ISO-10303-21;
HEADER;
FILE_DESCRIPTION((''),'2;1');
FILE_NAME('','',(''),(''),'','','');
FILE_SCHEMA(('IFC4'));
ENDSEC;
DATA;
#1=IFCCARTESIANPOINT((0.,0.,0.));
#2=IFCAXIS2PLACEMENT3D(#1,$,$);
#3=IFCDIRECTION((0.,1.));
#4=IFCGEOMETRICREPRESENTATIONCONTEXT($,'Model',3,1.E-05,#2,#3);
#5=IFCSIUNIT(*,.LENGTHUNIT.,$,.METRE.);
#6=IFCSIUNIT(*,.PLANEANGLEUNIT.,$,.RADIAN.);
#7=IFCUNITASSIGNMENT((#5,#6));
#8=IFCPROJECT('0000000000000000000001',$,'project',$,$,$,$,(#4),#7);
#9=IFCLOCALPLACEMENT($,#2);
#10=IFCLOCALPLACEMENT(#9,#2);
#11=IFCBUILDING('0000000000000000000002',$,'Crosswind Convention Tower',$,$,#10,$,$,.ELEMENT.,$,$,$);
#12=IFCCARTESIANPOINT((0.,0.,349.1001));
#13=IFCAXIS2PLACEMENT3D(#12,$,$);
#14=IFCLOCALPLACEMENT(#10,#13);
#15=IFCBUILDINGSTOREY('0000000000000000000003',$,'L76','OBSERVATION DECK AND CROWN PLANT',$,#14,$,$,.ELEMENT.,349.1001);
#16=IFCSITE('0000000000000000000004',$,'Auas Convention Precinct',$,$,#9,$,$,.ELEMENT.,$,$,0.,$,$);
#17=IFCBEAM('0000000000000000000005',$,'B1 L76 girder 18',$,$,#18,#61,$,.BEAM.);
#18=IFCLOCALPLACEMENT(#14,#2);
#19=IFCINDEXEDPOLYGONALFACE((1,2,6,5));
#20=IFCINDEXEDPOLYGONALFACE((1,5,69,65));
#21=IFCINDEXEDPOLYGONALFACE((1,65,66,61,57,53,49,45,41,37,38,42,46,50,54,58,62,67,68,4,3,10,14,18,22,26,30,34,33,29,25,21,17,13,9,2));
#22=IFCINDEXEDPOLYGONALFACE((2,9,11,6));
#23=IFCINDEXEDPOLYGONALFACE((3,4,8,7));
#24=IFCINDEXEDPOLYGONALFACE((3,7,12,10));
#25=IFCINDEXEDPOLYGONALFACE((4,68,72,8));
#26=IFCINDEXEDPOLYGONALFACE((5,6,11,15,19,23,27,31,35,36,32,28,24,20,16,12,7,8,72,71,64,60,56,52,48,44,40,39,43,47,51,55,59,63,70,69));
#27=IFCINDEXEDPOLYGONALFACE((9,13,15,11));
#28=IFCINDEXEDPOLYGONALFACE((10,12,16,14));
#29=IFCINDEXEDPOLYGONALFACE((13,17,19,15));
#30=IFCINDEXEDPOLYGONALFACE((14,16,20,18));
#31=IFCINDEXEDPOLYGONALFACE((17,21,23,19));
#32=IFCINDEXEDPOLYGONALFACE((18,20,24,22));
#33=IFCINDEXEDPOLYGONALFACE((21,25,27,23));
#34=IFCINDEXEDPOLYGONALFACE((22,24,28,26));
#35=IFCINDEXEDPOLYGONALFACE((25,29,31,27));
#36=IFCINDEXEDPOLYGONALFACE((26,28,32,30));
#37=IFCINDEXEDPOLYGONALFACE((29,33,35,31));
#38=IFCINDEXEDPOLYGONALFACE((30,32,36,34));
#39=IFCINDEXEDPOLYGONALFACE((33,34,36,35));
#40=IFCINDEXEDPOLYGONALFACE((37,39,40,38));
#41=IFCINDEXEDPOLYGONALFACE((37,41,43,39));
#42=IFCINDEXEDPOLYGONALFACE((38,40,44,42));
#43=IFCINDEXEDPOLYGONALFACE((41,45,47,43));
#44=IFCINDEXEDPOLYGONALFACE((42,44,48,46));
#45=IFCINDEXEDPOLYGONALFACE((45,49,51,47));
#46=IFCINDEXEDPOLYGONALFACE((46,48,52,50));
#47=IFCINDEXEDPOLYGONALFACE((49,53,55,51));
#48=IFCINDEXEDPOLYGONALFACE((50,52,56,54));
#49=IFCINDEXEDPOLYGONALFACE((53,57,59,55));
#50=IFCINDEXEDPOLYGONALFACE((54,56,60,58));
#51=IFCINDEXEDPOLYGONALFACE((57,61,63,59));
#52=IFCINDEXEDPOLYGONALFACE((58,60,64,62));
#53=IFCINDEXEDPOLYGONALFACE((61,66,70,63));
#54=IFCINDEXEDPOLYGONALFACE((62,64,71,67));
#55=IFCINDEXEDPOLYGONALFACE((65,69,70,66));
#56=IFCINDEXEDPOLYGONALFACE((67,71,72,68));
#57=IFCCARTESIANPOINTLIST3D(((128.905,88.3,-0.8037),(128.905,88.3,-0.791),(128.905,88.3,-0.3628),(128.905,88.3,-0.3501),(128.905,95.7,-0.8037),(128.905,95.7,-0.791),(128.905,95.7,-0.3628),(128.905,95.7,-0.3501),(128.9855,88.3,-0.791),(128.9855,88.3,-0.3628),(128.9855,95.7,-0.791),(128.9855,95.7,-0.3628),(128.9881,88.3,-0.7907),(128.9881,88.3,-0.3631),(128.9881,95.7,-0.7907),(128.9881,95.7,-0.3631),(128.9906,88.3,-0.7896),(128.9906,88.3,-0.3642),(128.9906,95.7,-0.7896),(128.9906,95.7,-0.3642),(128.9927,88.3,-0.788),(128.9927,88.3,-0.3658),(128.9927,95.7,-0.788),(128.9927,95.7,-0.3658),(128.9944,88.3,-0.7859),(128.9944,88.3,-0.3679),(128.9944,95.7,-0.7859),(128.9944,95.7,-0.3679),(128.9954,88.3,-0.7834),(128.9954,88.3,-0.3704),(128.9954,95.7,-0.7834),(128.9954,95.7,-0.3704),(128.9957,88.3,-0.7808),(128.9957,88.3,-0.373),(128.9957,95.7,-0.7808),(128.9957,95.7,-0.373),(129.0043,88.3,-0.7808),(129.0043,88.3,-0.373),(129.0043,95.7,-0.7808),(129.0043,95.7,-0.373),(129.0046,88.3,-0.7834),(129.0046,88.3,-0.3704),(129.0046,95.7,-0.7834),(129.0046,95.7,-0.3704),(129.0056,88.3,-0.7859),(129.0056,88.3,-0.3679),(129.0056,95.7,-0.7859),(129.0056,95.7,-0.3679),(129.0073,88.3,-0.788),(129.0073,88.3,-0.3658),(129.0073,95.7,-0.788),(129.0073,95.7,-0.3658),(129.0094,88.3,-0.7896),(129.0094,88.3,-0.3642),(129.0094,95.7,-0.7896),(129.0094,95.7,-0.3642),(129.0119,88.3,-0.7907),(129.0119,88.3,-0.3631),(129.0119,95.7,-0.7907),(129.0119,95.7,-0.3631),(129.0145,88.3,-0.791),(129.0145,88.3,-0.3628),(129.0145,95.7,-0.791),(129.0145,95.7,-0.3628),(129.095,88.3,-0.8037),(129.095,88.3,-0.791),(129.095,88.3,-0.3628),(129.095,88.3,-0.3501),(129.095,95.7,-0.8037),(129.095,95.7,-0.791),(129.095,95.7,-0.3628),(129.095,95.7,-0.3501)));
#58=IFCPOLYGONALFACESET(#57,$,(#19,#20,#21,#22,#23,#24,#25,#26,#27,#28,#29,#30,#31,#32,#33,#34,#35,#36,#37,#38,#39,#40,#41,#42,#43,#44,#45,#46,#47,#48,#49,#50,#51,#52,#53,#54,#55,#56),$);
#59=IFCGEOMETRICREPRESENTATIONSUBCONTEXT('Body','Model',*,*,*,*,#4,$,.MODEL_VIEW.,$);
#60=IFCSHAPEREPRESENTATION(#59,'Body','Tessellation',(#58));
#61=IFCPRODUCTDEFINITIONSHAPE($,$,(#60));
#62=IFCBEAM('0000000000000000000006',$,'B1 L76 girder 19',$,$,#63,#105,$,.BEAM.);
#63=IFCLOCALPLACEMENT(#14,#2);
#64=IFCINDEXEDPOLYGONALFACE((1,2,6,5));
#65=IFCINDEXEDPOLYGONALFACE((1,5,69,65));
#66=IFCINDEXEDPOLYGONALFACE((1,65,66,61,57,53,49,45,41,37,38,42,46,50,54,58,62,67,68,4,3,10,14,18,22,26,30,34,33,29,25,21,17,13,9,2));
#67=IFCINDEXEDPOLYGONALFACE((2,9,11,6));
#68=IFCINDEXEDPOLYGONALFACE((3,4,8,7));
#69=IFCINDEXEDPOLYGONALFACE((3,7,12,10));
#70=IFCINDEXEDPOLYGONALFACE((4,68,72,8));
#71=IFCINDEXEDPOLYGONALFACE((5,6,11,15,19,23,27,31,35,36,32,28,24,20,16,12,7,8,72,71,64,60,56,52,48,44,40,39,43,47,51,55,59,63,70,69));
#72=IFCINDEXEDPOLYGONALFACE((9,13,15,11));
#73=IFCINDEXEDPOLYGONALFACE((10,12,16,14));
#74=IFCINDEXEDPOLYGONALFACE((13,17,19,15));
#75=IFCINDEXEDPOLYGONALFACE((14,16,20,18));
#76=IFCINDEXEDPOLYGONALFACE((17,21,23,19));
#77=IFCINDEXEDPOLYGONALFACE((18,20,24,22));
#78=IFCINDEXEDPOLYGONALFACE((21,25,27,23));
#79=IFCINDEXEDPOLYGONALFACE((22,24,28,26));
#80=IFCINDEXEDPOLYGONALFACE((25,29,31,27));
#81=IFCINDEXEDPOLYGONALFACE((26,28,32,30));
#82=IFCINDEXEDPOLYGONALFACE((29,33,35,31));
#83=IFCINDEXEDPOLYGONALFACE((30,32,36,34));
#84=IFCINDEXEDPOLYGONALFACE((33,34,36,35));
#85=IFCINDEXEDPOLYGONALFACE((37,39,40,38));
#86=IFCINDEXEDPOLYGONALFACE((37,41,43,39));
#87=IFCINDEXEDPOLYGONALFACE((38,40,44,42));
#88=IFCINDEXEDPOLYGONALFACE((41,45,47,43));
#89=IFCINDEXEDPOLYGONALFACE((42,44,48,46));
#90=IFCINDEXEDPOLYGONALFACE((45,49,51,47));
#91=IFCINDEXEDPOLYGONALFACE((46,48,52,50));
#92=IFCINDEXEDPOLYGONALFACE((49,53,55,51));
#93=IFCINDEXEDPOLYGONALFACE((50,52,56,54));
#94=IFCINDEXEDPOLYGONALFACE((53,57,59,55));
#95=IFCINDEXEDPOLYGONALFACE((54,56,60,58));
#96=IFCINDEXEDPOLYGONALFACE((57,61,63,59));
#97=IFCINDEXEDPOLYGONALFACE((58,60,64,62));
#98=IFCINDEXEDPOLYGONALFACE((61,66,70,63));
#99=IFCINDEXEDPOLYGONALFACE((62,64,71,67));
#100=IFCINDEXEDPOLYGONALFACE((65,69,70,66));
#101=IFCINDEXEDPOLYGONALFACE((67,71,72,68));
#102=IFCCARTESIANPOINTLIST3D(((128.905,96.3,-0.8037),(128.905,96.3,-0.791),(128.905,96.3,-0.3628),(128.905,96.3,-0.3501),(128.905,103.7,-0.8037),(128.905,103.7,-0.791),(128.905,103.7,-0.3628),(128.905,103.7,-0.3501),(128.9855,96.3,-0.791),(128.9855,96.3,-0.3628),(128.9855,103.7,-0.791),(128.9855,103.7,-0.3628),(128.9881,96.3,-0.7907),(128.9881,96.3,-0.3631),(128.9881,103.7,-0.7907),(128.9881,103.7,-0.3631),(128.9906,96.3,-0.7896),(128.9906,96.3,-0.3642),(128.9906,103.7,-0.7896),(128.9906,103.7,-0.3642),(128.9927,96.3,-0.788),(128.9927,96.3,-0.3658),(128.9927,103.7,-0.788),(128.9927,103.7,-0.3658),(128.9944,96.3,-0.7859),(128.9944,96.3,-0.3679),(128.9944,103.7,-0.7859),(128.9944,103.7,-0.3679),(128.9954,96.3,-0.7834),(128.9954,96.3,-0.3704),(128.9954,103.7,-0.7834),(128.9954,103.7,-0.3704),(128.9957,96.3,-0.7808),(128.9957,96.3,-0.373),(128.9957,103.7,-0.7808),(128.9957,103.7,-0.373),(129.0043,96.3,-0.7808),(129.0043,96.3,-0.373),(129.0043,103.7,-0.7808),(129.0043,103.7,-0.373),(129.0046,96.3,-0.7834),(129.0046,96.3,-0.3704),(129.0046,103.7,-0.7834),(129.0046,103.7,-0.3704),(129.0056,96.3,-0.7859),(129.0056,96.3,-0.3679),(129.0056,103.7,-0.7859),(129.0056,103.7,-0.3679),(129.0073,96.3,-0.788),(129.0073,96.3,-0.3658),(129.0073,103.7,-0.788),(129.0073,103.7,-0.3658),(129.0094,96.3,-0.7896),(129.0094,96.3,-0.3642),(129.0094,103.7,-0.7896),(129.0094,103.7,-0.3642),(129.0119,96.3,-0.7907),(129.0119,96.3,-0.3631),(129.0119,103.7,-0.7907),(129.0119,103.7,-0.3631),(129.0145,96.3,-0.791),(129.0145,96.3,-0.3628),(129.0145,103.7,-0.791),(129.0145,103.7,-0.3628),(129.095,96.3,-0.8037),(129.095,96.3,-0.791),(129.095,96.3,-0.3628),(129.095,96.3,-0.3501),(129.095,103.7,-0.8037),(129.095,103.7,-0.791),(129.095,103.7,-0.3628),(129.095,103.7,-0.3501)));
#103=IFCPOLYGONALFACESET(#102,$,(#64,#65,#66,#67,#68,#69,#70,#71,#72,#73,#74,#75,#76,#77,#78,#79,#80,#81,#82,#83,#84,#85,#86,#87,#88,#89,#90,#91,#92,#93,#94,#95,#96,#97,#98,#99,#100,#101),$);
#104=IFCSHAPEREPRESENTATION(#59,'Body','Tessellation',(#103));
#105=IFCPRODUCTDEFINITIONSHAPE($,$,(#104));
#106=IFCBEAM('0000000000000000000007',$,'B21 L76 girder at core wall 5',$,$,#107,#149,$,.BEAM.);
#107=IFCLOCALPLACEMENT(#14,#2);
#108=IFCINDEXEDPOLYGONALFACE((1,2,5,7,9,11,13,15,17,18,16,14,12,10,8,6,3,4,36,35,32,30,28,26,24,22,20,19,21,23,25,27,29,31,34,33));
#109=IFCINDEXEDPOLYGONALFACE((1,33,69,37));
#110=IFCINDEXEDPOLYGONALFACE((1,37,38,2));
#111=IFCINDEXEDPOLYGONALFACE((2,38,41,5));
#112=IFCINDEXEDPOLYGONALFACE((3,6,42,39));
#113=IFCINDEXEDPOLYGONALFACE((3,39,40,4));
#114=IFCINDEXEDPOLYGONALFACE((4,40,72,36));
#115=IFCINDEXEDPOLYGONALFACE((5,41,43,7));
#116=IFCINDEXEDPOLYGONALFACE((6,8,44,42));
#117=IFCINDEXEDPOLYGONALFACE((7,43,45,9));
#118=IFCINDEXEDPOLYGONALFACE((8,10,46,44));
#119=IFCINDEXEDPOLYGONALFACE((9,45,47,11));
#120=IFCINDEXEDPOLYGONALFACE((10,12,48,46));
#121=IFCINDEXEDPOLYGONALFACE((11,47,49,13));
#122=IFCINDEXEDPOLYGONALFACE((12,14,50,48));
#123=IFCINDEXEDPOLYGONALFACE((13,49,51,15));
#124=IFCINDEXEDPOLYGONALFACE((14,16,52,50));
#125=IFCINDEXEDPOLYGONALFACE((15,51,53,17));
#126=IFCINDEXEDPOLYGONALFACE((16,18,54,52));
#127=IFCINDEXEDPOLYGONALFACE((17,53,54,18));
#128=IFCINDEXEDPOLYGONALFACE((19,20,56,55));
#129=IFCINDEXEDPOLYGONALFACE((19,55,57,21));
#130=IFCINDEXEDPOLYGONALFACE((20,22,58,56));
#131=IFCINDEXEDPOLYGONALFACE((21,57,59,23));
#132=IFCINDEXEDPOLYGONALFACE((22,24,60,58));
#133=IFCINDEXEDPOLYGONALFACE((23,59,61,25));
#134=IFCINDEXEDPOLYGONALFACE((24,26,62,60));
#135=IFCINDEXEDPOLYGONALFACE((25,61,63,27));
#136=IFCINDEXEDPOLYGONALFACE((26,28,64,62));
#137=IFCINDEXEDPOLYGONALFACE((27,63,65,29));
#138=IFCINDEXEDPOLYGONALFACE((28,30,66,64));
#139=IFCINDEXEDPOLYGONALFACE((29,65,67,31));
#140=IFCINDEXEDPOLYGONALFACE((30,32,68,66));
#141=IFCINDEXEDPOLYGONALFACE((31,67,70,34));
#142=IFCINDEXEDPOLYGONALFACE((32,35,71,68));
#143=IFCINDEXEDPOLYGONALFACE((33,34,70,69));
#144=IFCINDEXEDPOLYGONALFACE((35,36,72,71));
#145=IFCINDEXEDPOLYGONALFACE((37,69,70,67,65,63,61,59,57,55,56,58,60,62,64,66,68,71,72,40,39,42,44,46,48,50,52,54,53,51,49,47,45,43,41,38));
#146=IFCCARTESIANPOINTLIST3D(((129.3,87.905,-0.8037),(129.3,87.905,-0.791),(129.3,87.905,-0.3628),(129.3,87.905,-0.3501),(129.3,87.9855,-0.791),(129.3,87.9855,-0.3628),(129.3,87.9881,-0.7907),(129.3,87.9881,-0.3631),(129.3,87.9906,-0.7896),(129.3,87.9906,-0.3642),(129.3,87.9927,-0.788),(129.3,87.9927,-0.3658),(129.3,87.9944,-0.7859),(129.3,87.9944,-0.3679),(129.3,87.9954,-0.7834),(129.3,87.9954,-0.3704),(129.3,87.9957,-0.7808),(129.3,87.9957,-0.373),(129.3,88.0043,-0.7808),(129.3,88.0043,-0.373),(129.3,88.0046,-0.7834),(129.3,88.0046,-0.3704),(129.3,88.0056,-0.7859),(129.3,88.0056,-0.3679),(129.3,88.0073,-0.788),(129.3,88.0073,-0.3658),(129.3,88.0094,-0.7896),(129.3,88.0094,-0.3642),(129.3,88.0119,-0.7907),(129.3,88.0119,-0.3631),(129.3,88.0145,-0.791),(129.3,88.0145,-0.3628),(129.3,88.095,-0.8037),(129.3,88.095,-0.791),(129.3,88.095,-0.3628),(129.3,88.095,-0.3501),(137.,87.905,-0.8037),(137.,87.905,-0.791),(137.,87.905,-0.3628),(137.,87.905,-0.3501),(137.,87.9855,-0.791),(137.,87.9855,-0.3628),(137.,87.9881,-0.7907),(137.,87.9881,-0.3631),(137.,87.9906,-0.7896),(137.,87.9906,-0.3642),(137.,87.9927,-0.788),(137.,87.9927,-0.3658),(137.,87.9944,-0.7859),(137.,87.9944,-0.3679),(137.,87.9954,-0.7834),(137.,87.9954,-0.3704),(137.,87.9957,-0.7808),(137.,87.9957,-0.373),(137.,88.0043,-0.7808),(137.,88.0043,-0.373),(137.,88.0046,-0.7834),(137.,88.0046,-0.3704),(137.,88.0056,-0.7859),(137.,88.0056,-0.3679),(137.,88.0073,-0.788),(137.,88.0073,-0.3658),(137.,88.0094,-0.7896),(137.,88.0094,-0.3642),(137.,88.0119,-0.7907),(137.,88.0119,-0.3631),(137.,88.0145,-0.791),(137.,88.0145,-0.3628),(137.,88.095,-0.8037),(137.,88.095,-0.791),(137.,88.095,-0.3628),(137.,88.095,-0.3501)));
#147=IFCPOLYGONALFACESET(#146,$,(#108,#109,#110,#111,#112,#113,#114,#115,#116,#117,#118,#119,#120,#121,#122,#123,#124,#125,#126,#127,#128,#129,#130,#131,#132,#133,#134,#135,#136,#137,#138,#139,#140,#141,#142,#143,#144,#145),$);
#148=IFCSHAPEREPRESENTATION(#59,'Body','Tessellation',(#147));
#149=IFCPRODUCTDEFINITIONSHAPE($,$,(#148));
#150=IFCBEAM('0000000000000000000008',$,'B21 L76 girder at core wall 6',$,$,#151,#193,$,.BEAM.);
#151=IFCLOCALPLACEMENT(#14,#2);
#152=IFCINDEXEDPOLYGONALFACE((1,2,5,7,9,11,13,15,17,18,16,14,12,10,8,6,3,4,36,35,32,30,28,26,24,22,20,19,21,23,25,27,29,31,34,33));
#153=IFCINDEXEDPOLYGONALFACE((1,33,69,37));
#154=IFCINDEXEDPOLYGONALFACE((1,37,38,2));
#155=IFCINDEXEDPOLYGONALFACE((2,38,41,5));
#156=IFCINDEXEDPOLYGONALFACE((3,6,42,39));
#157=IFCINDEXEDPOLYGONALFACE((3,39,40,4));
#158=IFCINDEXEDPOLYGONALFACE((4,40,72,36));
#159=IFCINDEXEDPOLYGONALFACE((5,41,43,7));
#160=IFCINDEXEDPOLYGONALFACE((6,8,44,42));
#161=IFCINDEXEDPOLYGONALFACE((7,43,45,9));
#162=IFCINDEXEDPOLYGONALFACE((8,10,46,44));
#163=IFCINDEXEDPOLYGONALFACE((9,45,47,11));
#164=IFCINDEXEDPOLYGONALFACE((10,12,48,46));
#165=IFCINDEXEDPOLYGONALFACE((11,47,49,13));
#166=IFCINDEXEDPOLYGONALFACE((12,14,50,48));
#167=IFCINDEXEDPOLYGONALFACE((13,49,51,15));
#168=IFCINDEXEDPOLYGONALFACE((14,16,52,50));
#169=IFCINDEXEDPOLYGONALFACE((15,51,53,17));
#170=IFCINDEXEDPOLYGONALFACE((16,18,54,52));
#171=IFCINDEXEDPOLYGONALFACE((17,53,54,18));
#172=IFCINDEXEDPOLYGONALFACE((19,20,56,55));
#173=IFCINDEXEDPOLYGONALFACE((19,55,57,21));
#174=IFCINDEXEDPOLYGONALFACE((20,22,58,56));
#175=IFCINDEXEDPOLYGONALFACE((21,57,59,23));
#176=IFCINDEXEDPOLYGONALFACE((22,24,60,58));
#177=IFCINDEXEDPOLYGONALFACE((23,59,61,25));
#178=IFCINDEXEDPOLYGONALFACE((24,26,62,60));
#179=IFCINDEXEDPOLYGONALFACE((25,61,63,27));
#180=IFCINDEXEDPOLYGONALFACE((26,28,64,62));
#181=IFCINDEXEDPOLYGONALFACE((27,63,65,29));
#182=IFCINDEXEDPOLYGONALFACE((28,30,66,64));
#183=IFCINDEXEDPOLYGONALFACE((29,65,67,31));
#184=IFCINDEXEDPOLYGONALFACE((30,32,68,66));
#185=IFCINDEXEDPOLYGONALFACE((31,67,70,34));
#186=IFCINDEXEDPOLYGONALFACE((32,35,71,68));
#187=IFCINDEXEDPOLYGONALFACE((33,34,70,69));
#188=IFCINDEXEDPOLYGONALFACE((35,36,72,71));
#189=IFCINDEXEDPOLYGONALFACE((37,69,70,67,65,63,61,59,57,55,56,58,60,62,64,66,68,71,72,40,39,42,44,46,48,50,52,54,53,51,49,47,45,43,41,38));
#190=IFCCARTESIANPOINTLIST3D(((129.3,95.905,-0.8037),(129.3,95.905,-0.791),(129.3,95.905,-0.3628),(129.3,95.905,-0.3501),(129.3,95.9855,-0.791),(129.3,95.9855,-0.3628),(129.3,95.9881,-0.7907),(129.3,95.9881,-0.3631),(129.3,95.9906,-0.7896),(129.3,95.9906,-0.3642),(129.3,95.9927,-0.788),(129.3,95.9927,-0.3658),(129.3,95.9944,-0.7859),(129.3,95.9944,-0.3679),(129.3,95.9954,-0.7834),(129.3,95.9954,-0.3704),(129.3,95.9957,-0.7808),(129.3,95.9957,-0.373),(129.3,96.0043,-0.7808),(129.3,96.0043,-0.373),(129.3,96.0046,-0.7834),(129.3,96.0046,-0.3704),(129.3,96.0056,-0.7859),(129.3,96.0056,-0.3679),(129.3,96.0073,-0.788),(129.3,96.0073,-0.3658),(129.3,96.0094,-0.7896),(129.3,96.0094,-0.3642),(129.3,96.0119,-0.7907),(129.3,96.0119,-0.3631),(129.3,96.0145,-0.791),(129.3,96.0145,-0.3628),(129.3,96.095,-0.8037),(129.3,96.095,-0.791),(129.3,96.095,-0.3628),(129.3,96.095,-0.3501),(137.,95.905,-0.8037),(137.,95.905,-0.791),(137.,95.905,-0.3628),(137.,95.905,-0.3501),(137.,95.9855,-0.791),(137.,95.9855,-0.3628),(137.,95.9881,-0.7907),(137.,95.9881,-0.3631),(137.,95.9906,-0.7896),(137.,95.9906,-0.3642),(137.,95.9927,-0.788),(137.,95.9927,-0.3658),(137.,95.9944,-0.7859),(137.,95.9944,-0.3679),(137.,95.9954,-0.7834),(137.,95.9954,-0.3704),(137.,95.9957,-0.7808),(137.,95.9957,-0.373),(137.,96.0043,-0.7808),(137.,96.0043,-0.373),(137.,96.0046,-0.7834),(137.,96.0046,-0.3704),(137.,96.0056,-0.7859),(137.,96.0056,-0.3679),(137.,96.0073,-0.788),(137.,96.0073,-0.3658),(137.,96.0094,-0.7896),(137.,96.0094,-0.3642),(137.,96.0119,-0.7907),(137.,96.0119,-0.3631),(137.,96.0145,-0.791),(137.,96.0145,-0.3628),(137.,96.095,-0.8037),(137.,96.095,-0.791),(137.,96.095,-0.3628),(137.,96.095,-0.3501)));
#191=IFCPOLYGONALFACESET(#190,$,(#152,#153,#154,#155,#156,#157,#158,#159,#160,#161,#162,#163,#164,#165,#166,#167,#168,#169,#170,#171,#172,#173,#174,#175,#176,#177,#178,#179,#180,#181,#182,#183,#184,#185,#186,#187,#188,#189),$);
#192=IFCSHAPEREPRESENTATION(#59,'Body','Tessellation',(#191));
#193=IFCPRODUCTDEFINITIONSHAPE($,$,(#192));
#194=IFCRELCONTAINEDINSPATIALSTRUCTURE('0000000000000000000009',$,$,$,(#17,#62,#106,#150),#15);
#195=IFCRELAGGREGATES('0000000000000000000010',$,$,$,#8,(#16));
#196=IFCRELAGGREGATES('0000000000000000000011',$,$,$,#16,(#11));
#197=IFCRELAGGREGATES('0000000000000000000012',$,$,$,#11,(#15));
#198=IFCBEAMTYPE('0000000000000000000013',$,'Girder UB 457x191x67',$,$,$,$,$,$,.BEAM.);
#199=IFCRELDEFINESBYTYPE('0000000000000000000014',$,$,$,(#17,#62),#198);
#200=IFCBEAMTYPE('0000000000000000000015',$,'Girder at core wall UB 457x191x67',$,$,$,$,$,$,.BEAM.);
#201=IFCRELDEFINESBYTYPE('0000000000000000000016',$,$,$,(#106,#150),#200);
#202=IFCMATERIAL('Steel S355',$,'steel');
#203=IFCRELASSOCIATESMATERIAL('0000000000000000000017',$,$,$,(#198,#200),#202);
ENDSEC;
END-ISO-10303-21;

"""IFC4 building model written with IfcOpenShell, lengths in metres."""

from ifc_helpers import new_model, si_unit, direction, frame, origin, origin_2d, place, context, subcontext, project, spatial, i_section, extrude, material, material_profile, profile_set, type_object, element, save


model = new_model("IFC4")

# Units and contexts
model_context = context("Model", 3, precision=1e-05, world=origin(), true_north=direction((0.0, 1.0)))
body_context = subcontext(model_context, "Body", "Model", "MODEL_VIEW")
ifc_project = project(units=[si_unit("LENGTHUNIT", "METRE"), si_unit("PLANEANGLEUNIT", "RADIAN")], contexts=[model_context])

# Site, building, storey
site_placement = place(None, origin())
site = spatial("IfcSite", under=ifc_project, at=site_placement, Name="Auas Convention Precinct", CompositionType="ELEMENT", RefElevation=0.0)
building_placement = place(site_placement, origin())
building = spatial("IfcBuilding", under=site, at=building_placement, Name="Crosswind Convention Tower", CompositionType="ELEMENT")
storey_placement = place(building_placement, frame((0.0, 0.0, 349.1001)))
storey = spatial("IfcBuildingStorey", under=building, at=storey_placement, Name="L76", Description="OBSERVATION DECK AND CROWN PLANT", CompositionType="ELEMENT", Elevation=349.1001)

# Beams
ifc_material_1 = material(Name="Steel S355", Category="steel")
ifc_material_profile_1 = material_profile(ifc_material_1, i_section(OverallWidth=0.1899, OverallDepth=0.4536, WebThickness=0.0085, FlangeThickness=0.0127, FilletRadius=0.0103, at=origin_2d()), Name="UB 457x191x67")
ifc_profile_set_1 = profile_set([ifc_material_profile_1], Name="Steel S355")
beam_type_1 = type_object("IfcBeamType", Name="Girder UB 457x191x67", PredefinedType="BEAM", material=ifc_profile_set_1)
for number, where, z_axis, x_axis, name in (
    (1, (129.0, 88.3, -0.5769), (0.0, 1.0, 0.0), (-1.0, 0.0, 0.0), "B1 L76 girder 18"),
    (2, (129.0, 96.3, -0.5769), (0.0, 1.0, 0.0), (-1.0, 0.0, 0.0), "B1 L76 girder 19"),
):
    element("IfcBeam", number, at=place(storey_placement, frame(where, z_axis=z_axis, x_axis=x_axis)), inside=storey, type_object=beam_type_1, Name=name, PredefinedType="BEAM", context=body_context, shape_type="SweptSolid", body=[
        extrude(i_section(OverallWidth=0.1899, OverallDepth=0.4536, WebThickness=0.0085, FlangeThickness=0.0127, FilletRadius=0.0103, at=origin_2d()), origin(), (0.0, 0.0, 1.0), 7.3999),
    ])
ifc_material_profile_2 = material_profile(ifc_material_1, i_section(OverallWidth=0.1899, OverallDepth=0.4536, WebThickness=0.0085, FlangeThickness=0.0127, FilletRadius=0.0103, at=origin_2d()), Name="UB 457x191x67")
ifc_profile_set_2 = profile_set([ifc_material_profile_2], Name="Steel S355")
beam_type_2 = type_object("IfcBeamType", Name="Girder at core wall UB 457x191x67", PredefinedType="BEAM", material=ifc_profile_set_2)
for number, where, z_axis, x_axis, name in (
    (3, (129.3, 88.0, -0.5769), (1.0, 0.0, 0.0), (0.0, 1.0, 0.0), "B21 L76 girder at core wall 5"),
    (4, (129.3, 96.0, -0.5769), (1.0, 0.0, 0.0), (0.0, 1.0, 0.0), "B21 L76 girder at core wall 6"),
):
    element("IfcBeam", number, at=place(storey_placement, frame(where, z_axis=z_axis, x_axis=x_axis)), inside=storey, type_object=beam_type_2, Name=name, PredefinedType="BEAM", context=body_context, shape_type="SweptSolid", body=[
        extrude(i_section(OverallWidth=0.1899, OverallDepth=0.4536, WebThickness=0.0085, FlangeThickness=0.0127, FilletRadius=0.0103, at=origin_2d()), origin(), (0.0, 0.0, 1.0), 7.7),
    ])

save(model, "model.ifc")
